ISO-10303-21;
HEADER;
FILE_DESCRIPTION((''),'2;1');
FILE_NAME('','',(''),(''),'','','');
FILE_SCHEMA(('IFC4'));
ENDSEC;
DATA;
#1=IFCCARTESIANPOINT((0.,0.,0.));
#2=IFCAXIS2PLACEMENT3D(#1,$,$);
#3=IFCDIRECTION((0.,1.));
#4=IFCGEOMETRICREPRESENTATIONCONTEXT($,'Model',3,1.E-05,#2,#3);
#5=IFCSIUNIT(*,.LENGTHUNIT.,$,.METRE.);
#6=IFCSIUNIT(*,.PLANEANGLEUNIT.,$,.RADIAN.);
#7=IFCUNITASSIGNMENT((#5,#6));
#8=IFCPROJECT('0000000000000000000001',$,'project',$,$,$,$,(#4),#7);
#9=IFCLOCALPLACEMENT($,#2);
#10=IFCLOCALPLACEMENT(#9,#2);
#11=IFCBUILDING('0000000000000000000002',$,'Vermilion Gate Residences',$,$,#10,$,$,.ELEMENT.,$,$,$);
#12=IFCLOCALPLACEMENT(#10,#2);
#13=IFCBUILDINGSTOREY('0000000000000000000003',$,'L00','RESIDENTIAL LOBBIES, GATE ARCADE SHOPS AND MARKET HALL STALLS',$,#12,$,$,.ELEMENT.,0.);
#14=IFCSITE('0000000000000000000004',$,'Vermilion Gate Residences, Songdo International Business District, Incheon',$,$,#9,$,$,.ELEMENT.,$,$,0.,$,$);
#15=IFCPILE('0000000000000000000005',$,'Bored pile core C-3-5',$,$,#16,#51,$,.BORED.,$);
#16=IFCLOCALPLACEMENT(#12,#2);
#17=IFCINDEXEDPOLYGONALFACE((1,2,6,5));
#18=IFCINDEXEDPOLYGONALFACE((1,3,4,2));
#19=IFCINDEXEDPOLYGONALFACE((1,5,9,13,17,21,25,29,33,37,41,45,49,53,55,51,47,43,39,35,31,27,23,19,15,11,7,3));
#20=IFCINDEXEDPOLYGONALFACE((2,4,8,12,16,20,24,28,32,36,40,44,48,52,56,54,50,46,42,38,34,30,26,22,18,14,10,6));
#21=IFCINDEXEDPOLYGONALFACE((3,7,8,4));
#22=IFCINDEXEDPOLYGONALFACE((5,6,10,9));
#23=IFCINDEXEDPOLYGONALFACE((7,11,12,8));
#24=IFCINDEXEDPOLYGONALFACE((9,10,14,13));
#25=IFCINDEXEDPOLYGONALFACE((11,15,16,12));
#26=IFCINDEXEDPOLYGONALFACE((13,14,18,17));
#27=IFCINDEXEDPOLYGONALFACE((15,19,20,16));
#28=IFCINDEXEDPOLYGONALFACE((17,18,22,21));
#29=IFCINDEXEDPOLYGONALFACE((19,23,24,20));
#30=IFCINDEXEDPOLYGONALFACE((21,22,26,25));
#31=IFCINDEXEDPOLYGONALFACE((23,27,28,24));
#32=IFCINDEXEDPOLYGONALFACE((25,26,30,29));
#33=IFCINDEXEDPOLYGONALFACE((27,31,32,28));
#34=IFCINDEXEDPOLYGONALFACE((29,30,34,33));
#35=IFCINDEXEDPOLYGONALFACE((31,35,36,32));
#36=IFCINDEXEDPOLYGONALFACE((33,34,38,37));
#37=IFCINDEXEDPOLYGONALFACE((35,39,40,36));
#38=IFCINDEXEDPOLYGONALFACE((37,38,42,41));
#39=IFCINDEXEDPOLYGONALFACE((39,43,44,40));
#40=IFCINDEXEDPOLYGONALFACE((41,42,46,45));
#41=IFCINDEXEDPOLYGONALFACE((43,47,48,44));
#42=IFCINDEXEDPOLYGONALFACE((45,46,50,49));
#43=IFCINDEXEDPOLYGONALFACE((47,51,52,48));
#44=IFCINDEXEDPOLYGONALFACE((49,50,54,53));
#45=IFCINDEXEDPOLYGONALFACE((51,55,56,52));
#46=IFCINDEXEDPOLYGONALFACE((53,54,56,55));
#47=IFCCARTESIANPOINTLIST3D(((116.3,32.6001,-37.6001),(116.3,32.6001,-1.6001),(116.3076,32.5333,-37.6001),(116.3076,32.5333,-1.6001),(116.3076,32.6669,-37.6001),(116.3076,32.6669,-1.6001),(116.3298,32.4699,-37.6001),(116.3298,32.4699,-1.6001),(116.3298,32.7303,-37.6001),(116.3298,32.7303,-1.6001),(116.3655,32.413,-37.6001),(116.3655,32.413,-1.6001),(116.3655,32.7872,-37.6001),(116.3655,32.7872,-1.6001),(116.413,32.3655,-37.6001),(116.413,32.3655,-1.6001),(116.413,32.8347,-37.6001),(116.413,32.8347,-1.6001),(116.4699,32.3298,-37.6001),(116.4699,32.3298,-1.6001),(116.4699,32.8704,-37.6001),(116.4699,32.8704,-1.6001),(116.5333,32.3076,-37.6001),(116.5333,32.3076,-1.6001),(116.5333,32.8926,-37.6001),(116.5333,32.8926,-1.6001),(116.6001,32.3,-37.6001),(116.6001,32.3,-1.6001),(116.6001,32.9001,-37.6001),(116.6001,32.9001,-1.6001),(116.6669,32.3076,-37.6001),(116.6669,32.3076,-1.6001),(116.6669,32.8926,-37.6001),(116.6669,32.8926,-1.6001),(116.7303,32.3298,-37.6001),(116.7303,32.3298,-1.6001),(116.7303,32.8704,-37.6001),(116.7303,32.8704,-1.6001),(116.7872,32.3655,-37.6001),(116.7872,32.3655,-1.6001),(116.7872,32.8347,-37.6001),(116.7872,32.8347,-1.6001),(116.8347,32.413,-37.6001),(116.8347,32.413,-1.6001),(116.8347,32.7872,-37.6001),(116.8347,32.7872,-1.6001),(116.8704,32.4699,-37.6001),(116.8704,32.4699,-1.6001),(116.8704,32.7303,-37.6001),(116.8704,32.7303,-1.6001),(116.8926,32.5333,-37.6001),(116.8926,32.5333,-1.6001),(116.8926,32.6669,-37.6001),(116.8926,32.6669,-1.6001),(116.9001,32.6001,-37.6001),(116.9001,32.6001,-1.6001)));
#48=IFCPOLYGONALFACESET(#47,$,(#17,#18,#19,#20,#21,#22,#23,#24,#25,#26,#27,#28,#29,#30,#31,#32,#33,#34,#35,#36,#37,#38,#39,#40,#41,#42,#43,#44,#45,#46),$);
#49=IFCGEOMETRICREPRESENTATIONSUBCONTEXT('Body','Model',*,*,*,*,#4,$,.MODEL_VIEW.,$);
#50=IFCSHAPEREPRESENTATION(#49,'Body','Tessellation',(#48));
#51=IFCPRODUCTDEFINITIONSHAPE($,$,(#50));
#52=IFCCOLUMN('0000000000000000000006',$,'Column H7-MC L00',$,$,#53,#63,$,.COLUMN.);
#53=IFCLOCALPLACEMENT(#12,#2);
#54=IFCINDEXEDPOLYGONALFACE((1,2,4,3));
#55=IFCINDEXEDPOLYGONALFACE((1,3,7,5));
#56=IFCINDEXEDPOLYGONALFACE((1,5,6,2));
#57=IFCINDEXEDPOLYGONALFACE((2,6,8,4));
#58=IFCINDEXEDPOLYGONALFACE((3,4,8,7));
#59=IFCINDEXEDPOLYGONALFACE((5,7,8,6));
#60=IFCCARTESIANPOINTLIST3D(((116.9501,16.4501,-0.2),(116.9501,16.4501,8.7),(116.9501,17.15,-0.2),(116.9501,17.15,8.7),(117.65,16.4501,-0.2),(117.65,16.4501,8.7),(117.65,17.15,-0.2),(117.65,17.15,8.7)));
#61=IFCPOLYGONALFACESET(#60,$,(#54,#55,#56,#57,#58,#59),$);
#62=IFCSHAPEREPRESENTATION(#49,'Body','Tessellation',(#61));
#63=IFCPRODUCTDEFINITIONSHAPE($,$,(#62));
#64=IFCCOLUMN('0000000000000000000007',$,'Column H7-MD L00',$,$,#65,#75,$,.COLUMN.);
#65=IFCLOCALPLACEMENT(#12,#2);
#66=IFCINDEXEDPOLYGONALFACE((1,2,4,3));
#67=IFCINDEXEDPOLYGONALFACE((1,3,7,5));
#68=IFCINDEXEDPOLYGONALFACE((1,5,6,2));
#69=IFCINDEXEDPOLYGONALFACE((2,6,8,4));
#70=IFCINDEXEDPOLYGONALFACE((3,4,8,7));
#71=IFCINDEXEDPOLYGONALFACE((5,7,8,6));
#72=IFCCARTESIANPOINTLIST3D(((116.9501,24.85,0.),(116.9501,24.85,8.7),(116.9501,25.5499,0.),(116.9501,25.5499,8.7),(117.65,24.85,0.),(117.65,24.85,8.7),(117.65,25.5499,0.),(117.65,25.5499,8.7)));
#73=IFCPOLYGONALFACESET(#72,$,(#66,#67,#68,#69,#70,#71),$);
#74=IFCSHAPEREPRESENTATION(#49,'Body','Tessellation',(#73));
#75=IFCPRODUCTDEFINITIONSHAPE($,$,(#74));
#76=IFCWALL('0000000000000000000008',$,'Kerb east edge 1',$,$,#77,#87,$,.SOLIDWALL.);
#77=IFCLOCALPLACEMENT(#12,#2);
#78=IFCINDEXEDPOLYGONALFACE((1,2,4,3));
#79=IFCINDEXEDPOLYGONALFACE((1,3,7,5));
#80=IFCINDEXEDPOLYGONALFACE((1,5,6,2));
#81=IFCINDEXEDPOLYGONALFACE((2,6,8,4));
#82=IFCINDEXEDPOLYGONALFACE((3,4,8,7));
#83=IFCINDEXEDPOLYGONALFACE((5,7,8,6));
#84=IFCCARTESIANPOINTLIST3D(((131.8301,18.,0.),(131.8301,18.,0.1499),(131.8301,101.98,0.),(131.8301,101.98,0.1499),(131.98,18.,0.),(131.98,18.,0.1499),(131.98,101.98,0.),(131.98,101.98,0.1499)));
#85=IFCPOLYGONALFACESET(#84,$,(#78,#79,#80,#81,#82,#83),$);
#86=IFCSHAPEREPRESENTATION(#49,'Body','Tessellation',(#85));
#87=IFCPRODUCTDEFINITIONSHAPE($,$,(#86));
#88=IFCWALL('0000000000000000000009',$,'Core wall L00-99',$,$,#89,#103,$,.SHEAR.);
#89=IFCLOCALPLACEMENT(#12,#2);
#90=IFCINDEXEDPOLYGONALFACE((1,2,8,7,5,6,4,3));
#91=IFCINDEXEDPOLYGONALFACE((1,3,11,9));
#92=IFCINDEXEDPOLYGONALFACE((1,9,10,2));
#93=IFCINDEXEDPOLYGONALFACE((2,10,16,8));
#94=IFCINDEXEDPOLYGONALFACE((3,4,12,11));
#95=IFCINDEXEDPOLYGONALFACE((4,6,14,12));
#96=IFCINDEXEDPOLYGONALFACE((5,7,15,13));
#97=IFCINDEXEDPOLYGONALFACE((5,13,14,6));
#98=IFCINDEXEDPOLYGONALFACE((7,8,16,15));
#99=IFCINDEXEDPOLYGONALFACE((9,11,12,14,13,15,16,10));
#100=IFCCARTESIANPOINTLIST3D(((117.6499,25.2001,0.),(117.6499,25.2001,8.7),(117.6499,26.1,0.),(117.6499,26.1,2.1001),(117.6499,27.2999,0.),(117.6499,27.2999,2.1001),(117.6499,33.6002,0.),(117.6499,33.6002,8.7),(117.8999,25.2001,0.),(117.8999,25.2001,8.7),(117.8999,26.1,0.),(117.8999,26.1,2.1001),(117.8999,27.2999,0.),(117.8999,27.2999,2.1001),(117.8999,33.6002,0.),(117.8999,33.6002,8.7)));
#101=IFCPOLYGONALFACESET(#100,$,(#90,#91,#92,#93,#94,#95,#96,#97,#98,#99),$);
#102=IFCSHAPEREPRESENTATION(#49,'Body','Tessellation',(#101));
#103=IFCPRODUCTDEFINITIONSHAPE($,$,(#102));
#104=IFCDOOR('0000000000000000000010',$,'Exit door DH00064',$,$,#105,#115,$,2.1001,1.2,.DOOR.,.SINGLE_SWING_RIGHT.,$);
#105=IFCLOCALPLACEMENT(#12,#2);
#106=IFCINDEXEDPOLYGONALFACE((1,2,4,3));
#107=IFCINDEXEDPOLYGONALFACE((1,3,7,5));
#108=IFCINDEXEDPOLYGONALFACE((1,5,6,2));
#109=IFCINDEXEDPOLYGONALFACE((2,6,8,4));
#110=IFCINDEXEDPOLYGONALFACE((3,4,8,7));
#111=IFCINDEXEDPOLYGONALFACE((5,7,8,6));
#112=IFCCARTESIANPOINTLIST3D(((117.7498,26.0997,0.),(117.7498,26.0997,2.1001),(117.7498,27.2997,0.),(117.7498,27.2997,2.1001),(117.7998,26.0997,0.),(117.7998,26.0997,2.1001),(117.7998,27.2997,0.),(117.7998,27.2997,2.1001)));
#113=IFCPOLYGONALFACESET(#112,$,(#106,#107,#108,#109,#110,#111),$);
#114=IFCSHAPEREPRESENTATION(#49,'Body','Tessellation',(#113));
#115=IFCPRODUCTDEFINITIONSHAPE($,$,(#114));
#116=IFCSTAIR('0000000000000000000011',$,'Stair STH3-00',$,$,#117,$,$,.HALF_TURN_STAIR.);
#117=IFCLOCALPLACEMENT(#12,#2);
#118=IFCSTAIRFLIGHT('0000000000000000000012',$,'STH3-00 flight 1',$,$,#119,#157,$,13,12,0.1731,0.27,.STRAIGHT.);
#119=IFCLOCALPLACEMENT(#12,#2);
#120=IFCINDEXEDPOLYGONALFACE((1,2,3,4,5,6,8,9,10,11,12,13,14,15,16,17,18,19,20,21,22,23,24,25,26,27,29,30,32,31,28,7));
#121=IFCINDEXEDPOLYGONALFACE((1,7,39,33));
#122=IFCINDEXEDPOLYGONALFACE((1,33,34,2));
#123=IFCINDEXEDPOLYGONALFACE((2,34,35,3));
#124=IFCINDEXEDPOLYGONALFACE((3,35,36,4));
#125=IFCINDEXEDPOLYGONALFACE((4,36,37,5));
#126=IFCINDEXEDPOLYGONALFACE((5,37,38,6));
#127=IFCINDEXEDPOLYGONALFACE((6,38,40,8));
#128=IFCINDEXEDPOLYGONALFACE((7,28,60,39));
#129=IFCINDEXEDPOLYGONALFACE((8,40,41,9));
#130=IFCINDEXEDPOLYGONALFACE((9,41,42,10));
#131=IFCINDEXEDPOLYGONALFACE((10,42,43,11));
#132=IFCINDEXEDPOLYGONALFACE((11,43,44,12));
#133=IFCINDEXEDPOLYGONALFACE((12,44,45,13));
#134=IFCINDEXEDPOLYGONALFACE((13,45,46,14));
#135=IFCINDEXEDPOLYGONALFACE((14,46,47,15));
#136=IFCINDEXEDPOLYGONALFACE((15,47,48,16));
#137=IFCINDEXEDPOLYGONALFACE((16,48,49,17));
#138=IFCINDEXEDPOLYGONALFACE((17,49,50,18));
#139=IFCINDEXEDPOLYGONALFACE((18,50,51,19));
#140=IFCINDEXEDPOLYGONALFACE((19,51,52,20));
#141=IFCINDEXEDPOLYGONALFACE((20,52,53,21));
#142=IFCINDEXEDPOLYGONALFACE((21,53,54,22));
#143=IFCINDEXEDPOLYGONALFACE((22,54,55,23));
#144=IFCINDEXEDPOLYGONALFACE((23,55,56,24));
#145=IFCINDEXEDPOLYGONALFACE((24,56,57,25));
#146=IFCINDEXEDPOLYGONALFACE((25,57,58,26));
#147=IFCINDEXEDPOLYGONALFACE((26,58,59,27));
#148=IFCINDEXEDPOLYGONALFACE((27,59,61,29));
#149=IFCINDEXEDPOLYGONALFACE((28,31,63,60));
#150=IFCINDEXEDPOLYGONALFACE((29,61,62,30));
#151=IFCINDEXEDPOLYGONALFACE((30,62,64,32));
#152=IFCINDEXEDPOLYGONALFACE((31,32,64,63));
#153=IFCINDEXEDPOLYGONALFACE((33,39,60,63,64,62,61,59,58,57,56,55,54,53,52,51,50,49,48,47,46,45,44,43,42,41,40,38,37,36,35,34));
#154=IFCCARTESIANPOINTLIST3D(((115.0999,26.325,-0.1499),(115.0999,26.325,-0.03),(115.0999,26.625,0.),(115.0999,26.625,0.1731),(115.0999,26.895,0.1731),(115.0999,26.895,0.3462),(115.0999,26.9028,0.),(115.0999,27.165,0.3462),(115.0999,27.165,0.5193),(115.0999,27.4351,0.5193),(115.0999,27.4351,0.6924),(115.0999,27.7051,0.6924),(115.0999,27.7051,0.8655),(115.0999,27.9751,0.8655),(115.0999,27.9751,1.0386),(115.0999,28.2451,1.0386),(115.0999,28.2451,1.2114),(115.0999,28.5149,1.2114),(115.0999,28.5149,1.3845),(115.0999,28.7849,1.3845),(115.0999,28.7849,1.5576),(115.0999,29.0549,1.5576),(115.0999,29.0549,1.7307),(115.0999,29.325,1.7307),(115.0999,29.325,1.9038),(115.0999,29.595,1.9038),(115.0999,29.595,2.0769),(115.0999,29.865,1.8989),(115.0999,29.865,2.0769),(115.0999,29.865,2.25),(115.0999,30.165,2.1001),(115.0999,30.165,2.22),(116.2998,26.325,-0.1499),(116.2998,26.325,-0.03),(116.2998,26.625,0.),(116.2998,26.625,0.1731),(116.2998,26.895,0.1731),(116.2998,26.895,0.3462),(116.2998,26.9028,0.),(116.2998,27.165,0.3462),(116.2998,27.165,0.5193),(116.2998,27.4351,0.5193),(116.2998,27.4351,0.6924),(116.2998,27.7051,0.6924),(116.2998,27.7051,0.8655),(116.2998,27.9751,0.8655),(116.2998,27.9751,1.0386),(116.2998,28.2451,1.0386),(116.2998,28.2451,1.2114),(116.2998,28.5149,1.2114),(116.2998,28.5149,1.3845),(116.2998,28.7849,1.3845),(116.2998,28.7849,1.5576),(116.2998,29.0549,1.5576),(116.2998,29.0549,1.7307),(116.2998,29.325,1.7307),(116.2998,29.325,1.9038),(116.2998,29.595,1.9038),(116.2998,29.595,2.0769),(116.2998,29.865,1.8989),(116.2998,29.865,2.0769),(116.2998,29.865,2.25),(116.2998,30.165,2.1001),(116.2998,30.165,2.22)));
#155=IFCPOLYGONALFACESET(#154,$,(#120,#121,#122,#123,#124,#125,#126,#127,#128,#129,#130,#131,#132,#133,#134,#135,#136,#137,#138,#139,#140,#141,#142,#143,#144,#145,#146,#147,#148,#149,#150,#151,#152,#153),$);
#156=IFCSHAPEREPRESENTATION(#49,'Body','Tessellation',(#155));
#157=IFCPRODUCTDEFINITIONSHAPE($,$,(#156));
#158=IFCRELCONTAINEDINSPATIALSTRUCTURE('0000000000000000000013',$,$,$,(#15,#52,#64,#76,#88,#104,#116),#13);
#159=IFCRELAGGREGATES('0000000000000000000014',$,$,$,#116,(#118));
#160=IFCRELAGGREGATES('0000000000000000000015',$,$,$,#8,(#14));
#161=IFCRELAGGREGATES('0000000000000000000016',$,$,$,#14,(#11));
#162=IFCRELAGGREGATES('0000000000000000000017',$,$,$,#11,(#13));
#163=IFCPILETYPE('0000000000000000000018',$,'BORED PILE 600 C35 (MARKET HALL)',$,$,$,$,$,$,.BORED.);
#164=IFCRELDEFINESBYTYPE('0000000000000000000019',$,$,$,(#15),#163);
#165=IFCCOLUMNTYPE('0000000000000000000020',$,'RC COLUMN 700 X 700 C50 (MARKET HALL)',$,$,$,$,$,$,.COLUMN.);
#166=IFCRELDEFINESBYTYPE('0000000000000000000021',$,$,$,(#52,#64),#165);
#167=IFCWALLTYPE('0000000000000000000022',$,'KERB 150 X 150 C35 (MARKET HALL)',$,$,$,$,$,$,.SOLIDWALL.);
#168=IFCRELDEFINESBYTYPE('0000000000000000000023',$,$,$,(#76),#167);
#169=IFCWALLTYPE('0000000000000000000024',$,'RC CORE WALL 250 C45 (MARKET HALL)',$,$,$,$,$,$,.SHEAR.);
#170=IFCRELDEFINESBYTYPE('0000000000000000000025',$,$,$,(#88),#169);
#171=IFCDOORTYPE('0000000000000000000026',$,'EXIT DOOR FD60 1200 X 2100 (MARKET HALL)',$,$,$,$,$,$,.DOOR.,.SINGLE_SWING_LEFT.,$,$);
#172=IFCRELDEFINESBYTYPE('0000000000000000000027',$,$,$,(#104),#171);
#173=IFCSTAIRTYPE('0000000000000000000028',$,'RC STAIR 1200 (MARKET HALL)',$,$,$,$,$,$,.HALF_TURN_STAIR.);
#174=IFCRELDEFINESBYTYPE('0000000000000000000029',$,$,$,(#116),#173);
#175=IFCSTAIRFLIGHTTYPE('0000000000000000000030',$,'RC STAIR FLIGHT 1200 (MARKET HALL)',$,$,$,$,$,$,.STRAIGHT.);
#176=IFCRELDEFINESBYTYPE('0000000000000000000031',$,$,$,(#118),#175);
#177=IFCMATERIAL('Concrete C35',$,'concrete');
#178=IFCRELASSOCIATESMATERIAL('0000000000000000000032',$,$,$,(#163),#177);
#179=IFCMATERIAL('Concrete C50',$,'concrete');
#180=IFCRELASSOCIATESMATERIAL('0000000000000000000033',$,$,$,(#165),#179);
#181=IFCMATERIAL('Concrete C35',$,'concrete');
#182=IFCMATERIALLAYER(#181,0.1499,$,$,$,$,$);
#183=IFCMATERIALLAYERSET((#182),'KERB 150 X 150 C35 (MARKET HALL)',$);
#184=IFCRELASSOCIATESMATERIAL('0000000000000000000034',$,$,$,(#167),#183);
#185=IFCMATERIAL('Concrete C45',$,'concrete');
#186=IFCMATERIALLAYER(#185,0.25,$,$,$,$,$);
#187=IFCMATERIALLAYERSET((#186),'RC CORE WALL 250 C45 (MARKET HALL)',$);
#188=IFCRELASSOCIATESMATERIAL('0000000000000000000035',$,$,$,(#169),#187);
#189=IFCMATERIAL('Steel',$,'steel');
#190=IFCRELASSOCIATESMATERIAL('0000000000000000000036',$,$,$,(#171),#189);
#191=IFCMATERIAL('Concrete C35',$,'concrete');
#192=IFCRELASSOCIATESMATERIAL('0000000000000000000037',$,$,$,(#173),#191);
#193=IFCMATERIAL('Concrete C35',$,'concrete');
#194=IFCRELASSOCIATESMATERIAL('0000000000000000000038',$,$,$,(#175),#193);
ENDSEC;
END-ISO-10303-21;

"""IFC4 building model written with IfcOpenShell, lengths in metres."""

from ifc_helpers import new_model, si_unit, direction, frame, frame_2d, origin, origin_2d, place, context, subcontext, project, spatial, polyline, rectangle, circle, outline, extrude, material, layer, layer_set, material_profile, profile_set, type_object, element, fill, aggregate, save


model = new_model("IFC4")

# Units and contexts
model_context = context("Model", 3, precision=1e-05, world=origin(), true_north=direction((0.0, 1.0)))
body_context = subcontext(model_context, "Body", "Model", "MODEL_VIEW")
ifc_project = project(units=[si_unit("LENGTHUNIT", "METRE"), si_unit("PLANEANGLEUNIT", "RADIAN")], contexts=[model_context])

# Site, building, storey
site_placement = place(None, origin())
site = spatial("IfcSite", under=ifc_project, at=site_placement, Name="Vermilion Gate Residences, Songdo International Business District, Incheon", CompositionType="ELEMENT", RefElevation=0.0)
building_placement = place(site_placement, origin())
building = spatial("IfcBuilding", under=site, at=building_placement, Name="Vermilion Gate Residences", CompositionType="ELEMENT")
storey_placement = place(building_placement, origin())
storey = spatial("IfcBuildingStorey", under=building, at=storey_placement, Name="L00", Description="RESIDENTIAL LOBBIES, GATE ARCADE SHOPS AND MARKET HALL STALLS", CompositionType="ELEMENT", Elevation=0.0)

# Pile
ifc_material_1 = material(Name="Concrete C35", Category="concrete")
ifc_material_profile_1 = material_profile(ifc_material_1, circle(Radius=0.3, at=origin_2d()), Name="BORED PILE 600 C35 (MARKET HALL)")
ifc_profile_set_1 = profile_set([ifc_material_profile_1], Name="Concrete C35")
pile_type = type_object("IfcPileType", Name="BORED PILE 600 C35 (MARKET HALL)", PredefinedType="BORED", material=ifc_profile_set_1)
for number, where, z_axis, x_axis, name in (
    (1, (116.6001, 32.6001, -1.6001), (0.0, 0.0, -1.0), (1.0, 0.0, 0.0), "Bored pile core C-3-5"),
):
    element("IfcPile", number, at=place(storey_placement, frame(where, z_axis=z_axis, x_axis=x_axis)), inside=storey, type_object=pile_type, Name=name, PredefinedType="BORED", context=body_context, shape_type="SweptSolid", body=[
        extrude(circle(Radius=0.3, at=origin_2d()), origin(), (0.0, 0.0, 1.0), 36.0),
    ])

# Columns
ifc_material_2 = material(Name="Concrete C50", Category="concrete")
ifc_material_profile_2 = material_profile(ifc_material_2, rectangle(XDim=0.7, YDim=0.7, at=origin_2d()), Name="RC COLUMN 700 X 700 C50 (MARKET HALL)")
ifc_profile_set_2 = profile_set([ifc_material_profile_2], Name="Concrete C50")
column_type = type_object("IfcColumnType", Name="RC COLUMN 700 X 700 C50 (MARKET HALL)", PredefinedType="COLUMN", material=ifc_profile_set_2)
column_1_placement = place(storey_placement, frame((117.3, 16.8, -0.2), z_axis=(0.0, 0.0, 1.0), x_axis=(1.0, 0.0, 0.0)))
element("IfcColumn", 2, at=column_1_placement, inside=storey, type_object=column_type, Name="Column H7-MC L00", PredefinedType="COLUMN", context=body_context, shape_type="SweptSolid", body=[
    extrude(rectangle(XDim=0.7, YDim=0.7, at=origin_2d()), origin(), (0.0, 0.0, 1.0), 8.8999),
])
column_2_placement = place(storey_placement, frame((117.3, 25.2, 0.0), z_axis=(0.0, 0.0, 1.0), x_axis=(1.0, 0.0, 0.0)))
element("IfcColumn", 3, at=column_2_placement, inside=storey, type_object=column_type, Name="Column H7-MD L00", PredefinedType="COLUMN", context=body_context, shape_type="SweptSolid", body=[
    extrude(rectangle(XDim=0.7, YDim=0.7, at=origin_2d()), origin(), (0.0, 0.0, 1.0), 8.7),
])

# Wall
ifc_material_3 = material(Name="Concrete C35", Category="concrete")
ifc_layer_1 = layer(ifc_material_3, 0.1499)
ifc_layer_set_1 = layer_set([ifc_layer_1], Name="KERB 150 X 150 C35 (MARKET HALL)")
wall_type_1 = type_object("IfcWallType", Name="KERB 150 X 150 C35 (MARKET HALL)", PredefinedType="SOLIDWALL", material=ifc_layer_set_1)
wall_1_placement = place(storey_placement, frame((131.905, 18.0, 0.0), z_axis=(0.0, 0.0, 1.0), x_axis=(0.0, 1.0, 0.0)))
element("IfcWall", 4, at=wall_1_placement, inside=storey, type_object=wall_type_1, Name="Kerb east edge 1", PredefinedType="SOLIDWALL", context=body_context, shape_type="SweptSolid", body=[
    extrude(rectangle(XDim=83.98, YDim=0.1499, at=frame_2d((41.99, 0.0))), origin(), (0.0, 0.0, 1.0), 0.1499),
])

# Wall, opening, door
ifc_material_4 = material(Name="Concrete C45", Category="concrete")
ifc_layer_2 = layer(ifc_material_4, 0.25)
ifc_layer_set_2 = layer_set([ifc_layer_2], Name="RC CORE WALL 250 C45 (MARKET HALL)")
wall_type_2 = type_object("IfcWallType", Name="RC CORE WALL 250 C45 (MARKET HALL)", PredefinedType="SHEAR", material=ifc_layer_set_2)
wall_2_placement = place(storey_placement, frame((117.7749, 25.2, 0.0), z_axis=(0.0, 0.0, 1.0), x_axis=(0.0, 1.0, 0.0)))
wall_2 = element("IfcWall", 5, at=wall_2_placement, inside=storey, type_object=wall_type_2, Name="Core wall L00-99", PredefinedType="SHEAR", context=body_context, shape_type="SweptSolid", body=[
    extrude(rectangle(XDim=8.4001, YDim=0.25, at=frame_2d((4.2002, 0.0))), origin(), (0.0, 0.0, 1.0), 8.7),
])
opening_placement = place(wall_2_placement, frame((0.8999, 0.0, 0.0)))
opening = element("IfcOpeningElement", 6, at=opening_placement, cuts=wall_2, PredefinedType="OPENING", context=body_context, shape_type="SweptSolid", body=[
    extrude(rectangle(XDim=1.2, YDim=2.1001, at=frame_2d((0.6001, 1.05))), frame((0.0, 0.135, 0.0), z_axis=(0.0, -1.0, 0.0), x_axis=(1.0, 0.0, 0.0)), (0.0, 0.0, 1.0), 0.27),
])
ifc_material_5 = material(Name="Steel", Category="steel")
door_type = type_object("IfcDoorType", Name="EXIT DOOR FD60 1200 X 2100 (MARKET HALL)", OperationType="SINGLE_SWING_LEFT", PredefinedType="DOOR", material=ifc_material_5)
door_placement = place(opening_placement, frame((1.2, 0.0, 0.0), z_axis=(0.0, 0.0, 1.0), x_axis=(-1.0, 0.0, 0.0)))
door = element("IfcDoor", 7, at=door_placement, inside=storey, type_object=door_type, Name="Exit door DH00064", OperationType="SINGLE_SWING_RIGHT", OverallHeight=2.1001, OverallWidth=1.2, PredefinedType="DOOR", context=body_context, shape_type="SweptSolid", body=[
    extrude(rectangle(XDim=1.2, YDim=2.1001, at=frame_2d((0.6001, 1.05))), frame((0.0, 0.0249, 0.0), z_axis=(0.0, -1.0, 0.0), x_axis=(1.0, 0.0, 0.0)), (0.0, 0.0, 1.0), 0.05),
])
fill(opening, door)

# Stair, stair flight
ifc_material_6 = material(Name="Concrete C35", Category="concrete")
stair_type = type_object("IfcStairType", Name="RC STAIR 1200 (MARKET HALL)", PredefinedType="HALF_TURN_STAIR", material=ifc_material_6)
stair_placement = place(storey_placement, origin())
stair = element("IfcStair", 8, at=stair_placement, inside=storey, type_object=stair_type, Name="Stair STH3-00", PredefinedType="HALF_TURN_STAIR")
ifc_material_7 = material(Name="Concrete C35", Category="concrete")
stair_flight_type = type_object("IfcStairFlightType", Name="RC STAIR FLIGHT 1200 (MARKET HALL)", PredefinedType="STRAIGHT", material=ifc_material_7)
stair_flight_1_placement = place(storey_placement, frame((115.7, 26.625, 0.0), z_axis=(0.0, 0.0, 1.0), x_axis=(0.0, 1.0, 0.0)))
stair_flight_1 = element("IfcStairFlight", 9, at=stair_flight_1_placement, type_object=stair_flight_type, Name="STH3-00 flight 1", NumberOfRisers=13, NumberOfTreads=12, PredefinedType="STRAIGHT", RiserHeight=0.1731, TreadLength=0.27, context=body_context, shape_type="SweptSolid", body=[
    extrude(outline(polyline([(-0.3, -0.1499), (-0.3, -0.03), (0.0, 0.0), (0.0, 0.1731), (0.27, 0.1731), (0.27, 0.3462), (0.54, 0.3462), (0.54, 0.5193), (0.8101, 0.5193), (0.8101, 0.6924), (1.0801, 0.6924), (1.0801, 0.8655), (1.3501, 0.8655), (1.3501, 1.0386), (1.6201, 1.0386), (1.6201, 1.2114), (1.8899, 1.2114), (1.8899, 1.3845), (2.1599, 1.3845), (2.1599, 1.5576), (2.4299, 1.5576), (2.4299, 1.7307), (2.7, 1.7307), (2.7, 1.9038), (2.97, 1.9038), (2.97, 2.0769), (3.24, 2.0769), (3.24, 2.25), (3.54, 2.22), (3.54, 2.1001), (3.24, 1.8989), (0.2778, 0.0), (-0.3, -0.1499)])), frame((0.0, 0.6001, 0.0), z_axis=(0.0, -1.0, 0.0), x_axis=(1.0, 0.0, 0.0)), (0.0, 0.0, 1.0), 1.2),
])
aggregate(stair, [stair_flight_1])

save(model, "model.ifc")
